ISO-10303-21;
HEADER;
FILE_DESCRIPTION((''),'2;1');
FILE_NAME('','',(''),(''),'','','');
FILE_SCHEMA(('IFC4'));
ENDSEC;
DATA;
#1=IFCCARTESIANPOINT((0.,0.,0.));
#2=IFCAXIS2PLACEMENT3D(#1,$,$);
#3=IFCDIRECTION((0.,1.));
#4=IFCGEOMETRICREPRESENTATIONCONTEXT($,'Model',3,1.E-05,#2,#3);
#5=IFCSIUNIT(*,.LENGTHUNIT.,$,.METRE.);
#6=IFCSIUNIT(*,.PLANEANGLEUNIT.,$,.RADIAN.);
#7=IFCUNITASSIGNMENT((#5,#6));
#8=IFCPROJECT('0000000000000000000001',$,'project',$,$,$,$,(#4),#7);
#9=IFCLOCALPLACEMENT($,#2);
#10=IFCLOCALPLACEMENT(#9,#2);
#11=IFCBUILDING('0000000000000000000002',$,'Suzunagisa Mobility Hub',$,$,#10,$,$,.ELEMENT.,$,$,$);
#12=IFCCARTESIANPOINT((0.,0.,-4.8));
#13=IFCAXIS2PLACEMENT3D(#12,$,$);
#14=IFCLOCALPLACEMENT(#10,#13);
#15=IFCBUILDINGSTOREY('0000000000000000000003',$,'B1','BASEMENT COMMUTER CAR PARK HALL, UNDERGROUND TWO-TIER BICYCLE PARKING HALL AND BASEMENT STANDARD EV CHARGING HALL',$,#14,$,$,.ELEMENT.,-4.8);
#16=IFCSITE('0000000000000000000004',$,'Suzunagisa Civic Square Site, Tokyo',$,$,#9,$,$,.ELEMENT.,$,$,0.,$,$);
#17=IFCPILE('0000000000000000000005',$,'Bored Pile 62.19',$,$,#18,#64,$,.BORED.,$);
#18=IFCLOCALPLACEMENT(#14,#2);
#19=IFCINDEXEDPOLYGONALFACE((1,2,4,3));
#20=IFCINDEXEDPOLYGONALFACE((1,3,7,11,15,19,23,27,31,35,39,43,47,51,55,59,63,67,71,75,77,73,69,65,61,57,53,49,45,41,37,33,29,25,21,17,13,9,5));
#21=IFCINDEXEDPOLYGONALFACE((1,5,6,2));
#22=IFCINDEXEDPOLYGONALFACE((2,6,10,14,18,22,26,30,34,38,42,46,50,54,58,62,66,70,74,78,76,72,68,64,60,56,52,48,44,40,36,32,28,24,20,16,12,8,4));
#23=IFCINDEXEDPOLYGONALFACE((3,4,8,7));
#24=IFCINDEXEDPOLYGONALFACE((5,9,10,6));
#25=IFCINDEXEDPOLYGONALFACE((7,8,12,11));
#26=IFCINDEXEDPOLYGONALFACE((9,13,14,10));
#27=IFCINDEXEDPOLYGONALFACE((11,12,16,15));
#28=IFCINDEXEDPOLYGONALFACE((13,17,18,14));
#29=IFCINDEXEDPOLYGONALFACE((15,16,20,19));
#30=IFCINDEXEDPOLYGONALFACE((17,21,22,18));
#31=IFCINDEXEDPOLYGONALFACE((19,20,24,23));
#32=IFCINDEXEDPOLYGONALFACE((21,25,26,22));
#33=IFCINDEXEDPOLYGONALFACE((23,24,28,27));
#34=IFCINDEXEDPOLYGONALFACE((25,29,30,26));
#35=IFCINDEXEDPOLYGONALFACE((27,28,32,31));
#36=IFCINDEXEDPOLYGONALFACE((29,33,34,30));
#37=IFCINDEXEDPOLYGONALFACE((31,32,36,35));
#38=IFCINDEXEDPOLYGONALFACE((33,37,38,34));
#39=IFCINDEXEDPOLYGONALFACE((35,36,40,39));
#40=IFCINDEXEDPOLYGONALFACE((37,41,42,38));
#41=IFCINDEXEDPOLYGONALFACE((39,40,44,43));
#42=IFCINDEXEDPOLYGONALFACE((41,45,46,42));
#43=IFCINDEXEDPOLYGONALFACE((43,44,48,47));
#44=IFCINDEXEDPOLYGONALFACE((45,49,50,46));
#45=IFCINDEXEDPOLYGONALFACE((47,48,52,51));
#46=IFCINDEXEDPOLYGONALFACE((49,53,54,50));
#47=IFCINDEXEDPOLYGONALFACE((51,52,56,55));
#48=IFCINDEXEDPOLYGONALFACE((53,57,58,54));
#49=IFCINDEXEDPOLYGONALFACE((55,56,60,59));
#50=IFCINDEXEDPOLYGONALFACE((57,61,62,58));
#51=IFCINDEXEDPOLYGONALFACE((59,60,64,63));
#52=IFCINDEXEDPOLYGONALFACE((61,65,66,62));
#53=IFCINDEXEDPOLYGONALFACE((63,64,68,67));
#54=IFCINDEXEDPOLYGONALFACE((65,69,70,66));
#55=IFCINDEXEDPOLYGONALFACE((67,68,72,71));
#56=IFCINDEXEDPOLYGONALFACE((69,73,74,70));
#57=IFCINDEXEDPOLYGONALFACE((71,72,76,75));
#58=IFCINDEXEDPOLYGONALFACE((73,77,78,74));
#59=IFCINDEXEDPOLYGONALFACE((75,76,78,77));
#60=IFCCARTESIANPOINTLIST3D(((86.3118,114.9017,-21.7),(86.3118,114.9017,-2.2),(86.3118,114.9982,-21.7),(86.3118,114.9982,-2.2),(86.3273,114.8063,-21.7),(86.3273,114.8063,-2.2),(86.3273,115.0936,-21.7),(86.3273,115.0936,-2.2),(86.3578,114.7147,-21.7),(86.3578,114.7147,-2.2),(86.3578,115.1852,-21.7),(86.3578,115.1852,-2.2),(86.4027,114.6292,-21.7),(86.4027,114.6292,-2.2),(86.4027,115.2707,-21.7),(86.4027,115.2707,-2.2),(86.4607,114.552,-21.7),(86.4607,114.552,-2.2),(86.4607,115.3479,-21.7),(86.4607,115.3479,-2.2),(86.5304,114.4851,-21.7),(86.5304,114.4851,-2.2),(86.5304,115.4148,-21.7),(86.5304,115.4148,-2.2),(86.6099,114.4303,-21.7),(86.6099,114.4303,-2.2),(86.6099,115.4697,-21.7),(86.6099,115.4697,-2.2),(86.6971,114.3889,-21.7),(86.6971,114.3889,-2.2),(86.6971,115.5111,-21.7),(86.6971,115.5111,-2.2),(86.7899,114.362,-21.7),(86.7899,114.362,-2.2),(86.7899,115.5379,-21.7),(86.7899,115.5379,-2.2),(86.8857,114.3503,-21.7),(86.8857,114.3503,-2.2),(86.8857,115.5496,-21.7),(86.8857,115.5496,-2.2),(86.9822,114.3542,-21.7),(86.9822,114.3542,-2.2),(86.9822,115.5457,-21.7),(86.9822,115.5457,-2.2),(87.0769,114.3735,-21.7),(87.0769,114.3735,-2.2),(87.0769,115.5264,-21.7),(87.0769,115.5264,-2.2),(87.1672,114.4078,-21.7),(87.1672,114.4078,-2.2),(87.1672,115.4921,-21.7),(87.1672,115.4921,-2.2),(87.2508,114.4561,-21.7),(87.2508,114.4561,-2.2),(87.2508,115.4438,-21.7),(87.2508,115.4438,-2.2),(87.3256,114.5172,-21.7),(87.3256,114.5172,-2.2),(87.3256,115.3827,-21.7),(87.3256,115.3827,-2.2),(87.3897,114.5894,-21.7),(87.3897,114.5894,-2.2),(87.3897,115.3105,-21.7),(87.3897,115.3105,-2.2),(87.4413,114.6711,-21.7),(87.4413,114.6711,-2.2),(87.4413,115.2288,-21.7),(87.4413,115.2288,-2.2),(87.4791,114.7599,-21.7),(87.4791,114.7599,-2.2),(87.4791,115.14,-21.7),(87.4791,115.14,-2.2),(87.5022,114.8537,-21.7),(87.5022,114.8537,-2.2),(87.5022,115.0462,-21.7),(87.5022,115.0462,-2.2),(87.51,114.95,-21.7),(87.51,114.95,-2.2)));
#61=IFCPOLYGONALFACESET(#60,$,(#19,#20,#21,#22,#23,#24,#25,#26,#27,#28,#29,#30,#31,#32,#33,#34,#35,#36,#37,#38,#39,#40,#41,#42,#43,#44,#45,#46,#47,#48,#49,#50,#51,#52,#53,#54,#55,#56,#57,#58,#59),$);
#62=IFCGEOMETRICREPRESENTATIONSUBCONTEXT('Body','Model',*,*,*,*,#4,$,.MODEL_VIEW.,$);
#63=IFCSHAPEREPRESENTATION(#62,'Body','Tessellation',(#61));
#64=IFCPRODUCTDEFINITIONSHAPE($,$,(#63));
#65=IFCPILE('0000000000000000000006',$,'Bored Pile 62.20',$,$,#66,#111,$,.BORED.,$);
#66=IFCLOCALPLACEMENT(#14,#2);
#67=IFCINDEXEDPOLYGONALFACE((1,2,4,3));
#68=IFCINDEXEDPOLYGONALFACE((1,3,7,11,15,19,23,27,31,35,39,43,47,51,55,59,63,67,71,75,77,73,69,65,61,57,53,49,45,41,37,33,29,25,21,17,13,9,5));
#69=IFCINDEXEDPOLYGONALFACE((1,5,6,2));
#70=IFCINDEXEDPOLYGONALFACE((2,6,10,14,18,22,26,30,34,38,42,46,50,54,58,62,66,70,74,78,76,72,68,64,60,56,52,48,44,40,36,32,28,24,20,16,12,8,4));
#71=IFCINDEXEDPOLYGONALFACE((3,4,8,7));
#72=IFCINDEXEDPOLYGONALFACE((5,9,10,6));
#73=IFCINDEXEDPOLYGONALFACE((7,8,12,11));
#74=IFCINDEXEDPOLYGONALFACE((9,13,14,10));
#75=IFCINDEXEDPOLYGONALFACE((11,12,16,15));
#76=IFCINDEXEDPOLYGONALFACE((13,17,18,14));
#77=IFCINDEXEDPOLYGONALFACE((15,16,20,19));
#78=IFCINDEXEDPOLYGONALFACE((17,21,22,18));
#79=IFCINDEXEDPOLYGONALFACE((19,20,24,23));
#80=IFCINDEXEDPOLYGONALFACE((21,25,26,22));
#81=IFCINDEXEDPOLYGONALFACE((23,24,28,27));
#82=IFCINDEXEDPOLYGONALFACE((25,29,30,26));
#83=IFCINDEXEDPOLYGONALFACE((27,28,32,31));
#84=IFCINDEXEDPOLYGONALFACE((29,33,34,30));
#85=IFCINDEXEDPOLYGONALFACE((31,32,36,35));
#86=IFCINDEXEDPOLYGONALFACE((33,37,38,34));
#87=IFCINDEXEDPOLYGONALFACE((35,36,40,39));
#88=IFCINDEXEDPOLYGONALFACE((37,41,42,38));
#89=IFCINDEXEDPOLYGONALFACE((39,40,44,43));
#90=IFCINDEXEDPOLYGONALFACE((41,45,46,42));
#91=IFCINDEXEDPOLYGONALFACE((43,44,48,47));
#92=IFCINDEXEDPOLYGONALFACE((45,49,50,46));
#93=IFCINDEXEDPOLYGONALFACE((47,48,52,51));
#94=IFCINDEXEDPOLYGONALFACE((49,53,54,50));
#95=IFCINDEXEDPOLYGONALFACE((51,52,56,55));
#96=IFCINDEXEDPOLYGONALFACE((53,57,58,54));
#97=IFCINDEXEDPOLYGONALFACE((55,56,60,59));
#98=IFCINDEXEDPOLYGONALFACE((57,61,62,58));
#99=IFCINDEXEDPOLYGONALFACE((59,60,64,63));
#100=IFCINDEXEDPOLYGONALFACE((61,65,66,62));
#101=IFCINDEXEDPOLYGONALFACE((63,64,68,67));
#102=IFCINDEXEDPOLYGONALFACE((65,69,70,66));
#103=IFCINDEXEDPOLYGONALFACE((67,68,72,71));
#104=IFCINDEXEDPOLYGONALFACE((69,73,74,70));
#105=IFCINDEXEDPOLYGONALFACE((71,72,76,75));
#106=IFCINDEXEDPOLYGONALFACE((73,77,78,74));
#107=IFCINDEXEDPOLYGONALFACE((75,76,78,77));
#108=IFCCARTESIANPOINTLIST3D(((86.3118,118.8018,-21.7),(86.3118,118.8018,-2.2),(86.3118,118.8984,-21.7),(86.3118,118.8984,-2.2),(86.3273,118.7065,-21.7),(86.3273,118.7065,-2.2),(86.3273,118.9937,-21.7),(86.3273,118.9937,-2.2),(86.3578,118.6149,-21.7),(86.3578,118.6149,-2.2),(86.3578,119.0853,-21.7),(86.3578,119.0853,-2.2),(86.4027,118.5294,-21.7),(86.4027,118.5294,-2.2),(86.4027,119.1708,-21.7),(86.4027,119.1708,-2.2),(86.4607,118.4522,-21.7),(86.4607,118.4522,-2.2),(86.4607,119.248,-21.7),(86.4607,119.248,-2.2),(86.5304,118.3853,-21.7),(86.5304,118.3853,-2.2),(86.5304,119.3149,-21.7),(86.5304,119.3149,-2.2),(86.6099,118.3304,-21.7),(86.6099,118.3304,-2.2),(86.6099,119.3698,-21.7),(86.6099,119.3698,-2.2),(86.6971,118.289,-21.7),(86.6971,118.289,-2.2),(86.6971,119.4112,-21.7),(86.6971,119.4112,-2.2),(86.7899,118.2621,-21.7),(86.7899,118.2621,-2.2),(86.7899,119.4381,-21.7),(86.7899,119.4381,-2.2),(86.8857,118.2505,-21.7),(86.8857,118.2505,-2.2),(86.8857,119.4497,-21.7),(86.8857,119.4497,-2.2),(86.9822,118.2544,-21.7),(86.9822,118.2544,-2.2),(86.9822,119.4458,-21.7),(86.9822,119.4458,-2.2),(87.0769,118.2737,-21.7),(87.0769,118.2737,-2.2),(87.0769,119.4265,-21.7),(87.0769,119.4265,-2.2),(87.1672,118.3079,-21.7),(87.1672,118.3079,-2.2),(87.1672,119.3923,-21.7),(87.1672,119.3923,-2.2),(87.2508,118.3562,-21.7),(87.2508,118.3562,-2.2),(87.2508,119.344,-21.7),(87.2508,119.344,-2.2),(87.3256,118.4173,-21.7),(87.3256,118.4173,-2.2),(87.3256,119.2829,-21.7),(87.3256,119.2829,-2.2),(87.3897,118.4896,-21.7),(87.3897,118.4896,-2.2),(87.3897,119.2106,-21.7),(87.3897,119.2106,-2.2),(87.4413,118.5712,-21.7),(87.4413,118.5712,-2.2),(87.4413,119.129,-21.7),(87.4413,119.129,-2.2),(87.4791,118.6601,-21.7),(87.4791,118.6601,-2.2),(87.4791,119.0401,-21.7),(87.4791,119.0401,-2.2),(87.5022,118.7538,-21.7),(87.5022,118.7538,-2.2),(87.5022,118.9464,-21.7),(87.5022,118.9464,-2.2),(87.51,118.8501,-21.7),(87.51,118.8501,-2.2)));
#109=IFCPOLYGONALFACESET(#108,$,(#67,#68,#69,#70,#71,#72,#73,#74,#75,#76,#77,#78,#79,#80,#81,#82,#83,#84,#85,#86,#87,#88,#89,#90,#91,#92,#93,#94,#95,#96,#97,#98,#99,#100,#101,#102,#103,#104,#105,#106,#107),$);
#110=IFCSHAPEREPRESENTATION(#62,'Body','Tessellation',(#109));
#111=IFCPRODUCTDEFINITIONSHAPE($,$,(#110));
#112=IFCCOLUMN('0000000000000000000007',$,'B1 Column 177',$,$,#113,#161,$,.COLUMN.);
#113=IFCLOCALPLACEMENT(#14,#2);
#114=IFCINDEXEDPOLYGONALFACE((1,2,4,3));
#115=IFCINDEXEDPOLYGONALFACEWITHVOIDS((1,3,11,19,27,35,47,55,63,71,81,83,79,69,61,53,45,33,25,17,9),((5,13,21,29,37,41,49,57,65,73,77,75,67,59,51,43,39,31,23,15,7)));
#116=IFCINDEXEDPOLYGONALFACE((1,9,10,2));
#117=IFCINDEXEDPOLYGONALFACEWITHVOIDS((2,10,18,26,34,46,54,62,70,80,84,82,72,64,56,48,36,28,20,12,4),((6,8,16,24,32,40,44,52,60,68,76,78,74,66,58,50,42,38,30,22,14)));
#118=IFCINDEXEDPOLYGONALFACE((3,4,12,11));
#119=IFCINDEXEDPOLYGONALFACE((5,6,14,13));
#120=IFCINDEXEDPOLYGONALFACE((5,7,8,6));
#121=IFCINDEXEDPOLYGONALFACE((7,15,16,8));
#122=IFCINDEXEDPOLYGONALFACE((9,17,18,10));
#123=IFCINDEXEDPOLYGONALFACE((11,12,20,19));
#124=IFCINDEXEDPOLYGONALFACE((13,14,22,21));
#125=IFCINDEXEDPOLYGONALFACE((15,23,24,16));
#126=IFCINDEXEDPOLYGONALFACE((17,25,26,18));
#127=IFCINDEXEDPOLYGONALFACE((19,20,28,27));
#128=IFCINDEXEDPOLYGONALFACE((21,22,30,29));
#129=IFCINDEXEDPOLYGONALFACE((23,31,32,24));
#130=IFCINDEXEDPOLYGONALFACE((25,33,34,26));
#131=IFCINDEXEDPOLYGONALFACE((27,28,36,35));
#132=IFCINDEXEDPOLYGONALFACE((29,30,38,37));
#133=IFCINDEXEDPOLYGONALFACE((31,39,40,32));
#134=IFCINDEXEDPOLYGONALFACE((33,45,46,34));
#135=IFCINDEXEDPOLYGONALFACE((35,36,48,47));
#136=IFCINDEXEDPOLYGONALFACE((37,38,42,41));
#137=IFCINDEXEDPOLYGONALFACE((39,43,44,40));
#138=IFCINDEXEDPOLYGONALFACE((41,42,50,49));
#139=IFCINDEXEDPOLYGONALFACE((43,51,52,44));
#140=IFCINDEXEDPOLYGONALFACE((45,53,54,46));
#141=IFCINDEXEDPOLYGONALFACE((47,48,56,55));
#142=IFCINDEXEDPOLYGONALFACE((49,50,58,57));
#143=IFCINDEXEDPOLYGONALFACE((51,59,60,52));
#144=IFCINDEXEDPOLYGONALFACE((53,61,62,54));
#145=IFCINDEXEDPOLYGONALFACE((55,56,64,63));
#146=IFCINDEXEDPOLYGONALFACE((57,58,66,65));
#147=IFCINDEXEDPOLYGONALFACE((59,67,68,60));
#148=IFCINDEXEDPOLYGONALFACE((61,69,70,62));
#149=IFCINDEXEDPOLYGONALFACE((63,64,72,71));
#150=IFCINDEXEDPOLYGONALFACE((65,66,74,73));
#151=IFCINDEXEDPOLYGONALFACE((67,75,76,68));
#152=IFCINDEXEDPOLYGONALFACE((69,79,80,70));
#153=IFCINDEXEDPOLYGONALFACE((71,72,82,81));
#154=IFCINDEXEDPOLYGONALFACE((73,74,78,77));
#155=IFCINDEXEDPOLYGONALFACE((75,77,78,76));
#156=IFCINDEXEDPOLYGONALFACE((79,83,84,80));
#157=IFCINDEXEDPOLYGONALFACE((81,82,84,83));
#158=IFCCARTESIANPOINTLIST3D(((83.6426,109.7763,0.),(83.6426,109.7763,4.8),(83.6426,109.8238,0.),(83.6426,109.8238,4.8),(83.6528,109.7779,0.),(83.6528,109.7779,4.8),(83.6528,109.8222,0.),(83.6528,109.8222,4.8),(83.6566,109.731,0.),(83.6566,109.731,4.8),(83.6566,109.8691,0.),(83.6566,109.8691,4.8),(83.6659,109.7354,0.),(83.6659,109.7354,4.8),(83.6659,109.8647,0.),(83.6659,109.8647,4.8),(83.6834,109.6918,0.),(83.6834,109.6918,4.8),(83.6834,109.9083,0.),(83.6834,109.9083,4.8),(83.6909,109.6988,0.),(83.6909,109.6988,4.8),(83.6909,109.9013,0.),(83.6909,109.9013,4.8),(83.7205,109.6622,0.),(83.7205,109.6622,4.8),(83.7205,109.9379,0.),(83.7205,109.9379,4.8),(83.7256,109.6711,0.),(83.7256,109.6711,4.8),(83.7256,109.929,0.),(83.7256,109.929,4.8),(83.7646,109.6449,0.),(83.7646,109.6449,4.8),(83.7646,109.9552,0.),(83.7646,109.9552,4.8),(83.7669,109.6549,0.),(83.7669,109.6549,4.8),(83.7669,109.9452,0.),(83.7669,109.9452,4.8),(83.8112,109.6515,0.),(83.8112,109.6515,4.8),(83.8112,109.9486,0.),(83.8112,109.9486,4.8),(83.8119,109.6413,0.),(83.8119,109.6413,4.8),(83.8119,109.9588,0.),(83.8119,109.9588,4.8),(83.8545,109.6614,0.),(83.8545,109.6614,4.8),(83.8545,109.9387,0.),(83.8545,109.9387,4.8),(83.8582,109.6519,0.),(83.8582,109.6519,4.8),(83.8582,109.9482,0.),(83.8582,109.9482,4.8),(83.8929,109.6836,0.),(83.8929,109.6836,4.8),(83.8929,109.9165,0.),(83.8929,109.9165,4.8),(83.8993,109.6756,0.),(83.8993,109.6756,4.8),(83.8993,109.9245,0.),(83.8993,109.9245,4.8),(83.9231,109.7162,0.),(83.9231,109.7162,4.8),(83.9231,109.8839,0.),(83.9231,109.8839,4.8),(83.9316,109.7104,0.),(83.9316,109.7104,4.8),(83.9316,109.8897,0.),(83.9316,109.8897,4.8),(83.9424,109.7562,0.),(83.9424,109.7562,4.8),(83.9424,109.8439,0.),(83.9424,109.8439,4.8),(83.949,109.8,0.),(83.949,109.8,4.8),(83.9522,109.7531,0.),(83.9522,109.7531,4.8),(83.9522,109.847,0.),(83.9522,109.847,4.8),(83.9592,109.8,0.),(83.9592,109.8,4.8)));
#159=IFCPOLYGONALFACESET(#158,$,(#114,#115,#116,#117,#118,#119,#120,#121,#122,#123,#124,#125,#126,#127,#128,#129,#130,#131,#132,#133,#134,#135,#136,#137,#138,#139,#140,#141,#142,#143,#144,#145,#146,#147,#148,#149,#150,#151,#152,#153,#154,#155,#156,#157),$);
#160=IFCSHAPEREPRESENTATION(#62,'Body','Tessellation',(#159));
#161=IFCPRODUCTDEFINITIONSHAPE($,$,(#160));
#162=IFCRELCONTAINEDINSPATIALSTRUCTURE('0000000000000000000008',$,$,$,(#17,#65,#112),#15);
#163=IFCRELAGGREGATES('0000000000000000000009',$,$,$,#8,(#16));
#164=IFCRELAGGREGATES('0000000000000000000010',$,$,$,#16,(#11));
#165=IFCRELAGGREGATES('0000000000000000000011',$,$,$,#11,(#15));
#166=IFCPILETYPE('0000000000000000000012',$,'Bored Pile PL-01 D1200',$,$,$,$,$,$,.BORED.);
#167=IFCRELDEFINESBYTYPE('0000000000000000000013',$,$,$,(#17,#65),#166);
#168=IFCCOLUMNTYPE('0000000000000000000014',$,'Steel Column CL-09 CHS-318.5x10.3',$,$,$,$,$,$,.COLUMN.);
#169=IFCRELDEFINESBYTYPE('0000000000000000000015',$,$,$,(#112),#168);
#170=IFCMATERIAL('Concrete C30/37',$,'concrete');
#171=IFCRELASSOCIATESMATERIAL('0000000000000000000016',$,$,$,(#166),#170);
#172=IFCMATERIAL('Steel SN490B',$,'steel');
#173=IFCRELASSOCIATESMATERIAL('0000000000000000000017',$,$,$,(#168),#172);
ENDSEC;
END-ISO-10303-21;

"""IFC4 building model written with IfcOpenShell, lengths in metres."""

from ifc_helpers import new_model, si_unit, direction, frame, origin, origin_2d, place, context, subcontext, project, spatial, circle, hollow_circle, extrude, material, material_profile, profile_set, type_object, element, save


model = new_model("IFC4")

# Units and contexts
model_context = context("Model", 3, precision=1e-05, world=origin(), true_north=direction((0.0, 1.0)))
body_context = subcontext(model_context, "Body", "Model", "MODEL_VIEW")
ifc_project = project(units=[si_unit("LENGTHUNIT", "METRE"), si_unit("PLANEANGLEUNIT", "RADIAN")], contexts=[model_context])

# Site, building, storey
site_placement = place(None, origin())
site = spatial("IfcSite", under=ifc_project, at=site_placement, Name="Suzunagisa Civic Square Site, Tokyo", CompositionType="ELEMENT", RefElevation=0.0)
building_placement = place(site_placement, origin())
building = spatial("IfcBuilding", under=site, at=building_placement, Name="Suzunagisa Mobility Hub", CompositionType="ELEMENT")
storey_placement = place(building_placement, frame((0.0, 0.0, -4.8)))
storey = spatial("IfcBuildingStorey", under=building, at=storey_placement, Name="B1", Description="BASEMENT COMMUTER CAR PARK HALL, UNDERGROUND TWO-TIER BICYCLE PARKING HALL AND BASEMENT STANDARD EV CHARGING HALL", CompositionType="ELEMENT", Elevation=-4.8)

# Piles
ifc_material_1 = material(Name="Concrete C30/37", Category="concrete")
ifc_material_profile_1 = material_profile(ifc_material_1, circle(Radius=0.6001, at=origin_2d()), Name="BORED PILE D1200")
ifc_profile_set_1 = profile_set([ifc_material_profile_1], Name="Concrete C30/37")
pile_type = type_object("IfcPileType", Name="Bored Pile PL-01 D1200", PredefinedType="BORED", material=ifc_profile_set_1)
for number, where, z_axis, x_axis, name in (
    (1, (86.9099, 114.95, -2.2), (0.0, 0.0, -1.0), (1.0, 0.0, 0.0), "Bored Pile 62.19"),
    (2, (86.9099, 118.8501, -2.2), (0.0, 0.0, -1.0), (1.0, 0.0, 0.0), "Bored Pile 62.20"),
):
    element("IfcPile", number, at=place(storey_placement, frame(where, z_axis=z_axis, x_axis=x_axis)), inside=storey, type_object=pile_type, Name=name, PredefinedType="BORED", context=body_context, shape_type="SweptSolid", body=[
        extrude(circle(Radius=0.6001, at=origin_2d()), origin(), (0.0, 0.0, 1.0), 19.5),
    ])

# Column
ifc_material_2 = material(Name="Steel SN490B", Category="steel")
ifc_material_profile_2 = material_profile(ifc_material_2, hollow_circle(Radius=0.1592, WallThickness=0.0103, at=origin_2d()), Name="CHS-318.5x10.3")
ifc_profile_set_2 = profile_set([ifc_material_profile_2], Name="Steel SN490B")
column_type_1 = type_object("IfcColumnType", Name="Steel Column CL-09 CHS-318.5x10.3", PredefinedType="COLUMN", material=ifc_profile_set_2)
for number, where, z_axis, x_axis, name in (
    (3, (83.8, 109.8, 0.0), (0.0, 0.0, 1.0), (1.0, 0.0, 0.0), "B1 Column 177"),
):
    element("IfcColumn", number, at=place(storey_placement, frame(where, z_axis=z_axis, x_axis=x_axis)), inside=storey, type_object=column_type_1, Name=name, PredefinedType="COLUMN", context=body_context, shape_type="SweptSolid", body=[
        extrude(hollow_circle(Radius=0.1592, WallThickness=0.0103, at=origin_2d()), origin(), (0.0, 0.0, 1.0), 4.8),
    ])

save(model, "model.ifc")
